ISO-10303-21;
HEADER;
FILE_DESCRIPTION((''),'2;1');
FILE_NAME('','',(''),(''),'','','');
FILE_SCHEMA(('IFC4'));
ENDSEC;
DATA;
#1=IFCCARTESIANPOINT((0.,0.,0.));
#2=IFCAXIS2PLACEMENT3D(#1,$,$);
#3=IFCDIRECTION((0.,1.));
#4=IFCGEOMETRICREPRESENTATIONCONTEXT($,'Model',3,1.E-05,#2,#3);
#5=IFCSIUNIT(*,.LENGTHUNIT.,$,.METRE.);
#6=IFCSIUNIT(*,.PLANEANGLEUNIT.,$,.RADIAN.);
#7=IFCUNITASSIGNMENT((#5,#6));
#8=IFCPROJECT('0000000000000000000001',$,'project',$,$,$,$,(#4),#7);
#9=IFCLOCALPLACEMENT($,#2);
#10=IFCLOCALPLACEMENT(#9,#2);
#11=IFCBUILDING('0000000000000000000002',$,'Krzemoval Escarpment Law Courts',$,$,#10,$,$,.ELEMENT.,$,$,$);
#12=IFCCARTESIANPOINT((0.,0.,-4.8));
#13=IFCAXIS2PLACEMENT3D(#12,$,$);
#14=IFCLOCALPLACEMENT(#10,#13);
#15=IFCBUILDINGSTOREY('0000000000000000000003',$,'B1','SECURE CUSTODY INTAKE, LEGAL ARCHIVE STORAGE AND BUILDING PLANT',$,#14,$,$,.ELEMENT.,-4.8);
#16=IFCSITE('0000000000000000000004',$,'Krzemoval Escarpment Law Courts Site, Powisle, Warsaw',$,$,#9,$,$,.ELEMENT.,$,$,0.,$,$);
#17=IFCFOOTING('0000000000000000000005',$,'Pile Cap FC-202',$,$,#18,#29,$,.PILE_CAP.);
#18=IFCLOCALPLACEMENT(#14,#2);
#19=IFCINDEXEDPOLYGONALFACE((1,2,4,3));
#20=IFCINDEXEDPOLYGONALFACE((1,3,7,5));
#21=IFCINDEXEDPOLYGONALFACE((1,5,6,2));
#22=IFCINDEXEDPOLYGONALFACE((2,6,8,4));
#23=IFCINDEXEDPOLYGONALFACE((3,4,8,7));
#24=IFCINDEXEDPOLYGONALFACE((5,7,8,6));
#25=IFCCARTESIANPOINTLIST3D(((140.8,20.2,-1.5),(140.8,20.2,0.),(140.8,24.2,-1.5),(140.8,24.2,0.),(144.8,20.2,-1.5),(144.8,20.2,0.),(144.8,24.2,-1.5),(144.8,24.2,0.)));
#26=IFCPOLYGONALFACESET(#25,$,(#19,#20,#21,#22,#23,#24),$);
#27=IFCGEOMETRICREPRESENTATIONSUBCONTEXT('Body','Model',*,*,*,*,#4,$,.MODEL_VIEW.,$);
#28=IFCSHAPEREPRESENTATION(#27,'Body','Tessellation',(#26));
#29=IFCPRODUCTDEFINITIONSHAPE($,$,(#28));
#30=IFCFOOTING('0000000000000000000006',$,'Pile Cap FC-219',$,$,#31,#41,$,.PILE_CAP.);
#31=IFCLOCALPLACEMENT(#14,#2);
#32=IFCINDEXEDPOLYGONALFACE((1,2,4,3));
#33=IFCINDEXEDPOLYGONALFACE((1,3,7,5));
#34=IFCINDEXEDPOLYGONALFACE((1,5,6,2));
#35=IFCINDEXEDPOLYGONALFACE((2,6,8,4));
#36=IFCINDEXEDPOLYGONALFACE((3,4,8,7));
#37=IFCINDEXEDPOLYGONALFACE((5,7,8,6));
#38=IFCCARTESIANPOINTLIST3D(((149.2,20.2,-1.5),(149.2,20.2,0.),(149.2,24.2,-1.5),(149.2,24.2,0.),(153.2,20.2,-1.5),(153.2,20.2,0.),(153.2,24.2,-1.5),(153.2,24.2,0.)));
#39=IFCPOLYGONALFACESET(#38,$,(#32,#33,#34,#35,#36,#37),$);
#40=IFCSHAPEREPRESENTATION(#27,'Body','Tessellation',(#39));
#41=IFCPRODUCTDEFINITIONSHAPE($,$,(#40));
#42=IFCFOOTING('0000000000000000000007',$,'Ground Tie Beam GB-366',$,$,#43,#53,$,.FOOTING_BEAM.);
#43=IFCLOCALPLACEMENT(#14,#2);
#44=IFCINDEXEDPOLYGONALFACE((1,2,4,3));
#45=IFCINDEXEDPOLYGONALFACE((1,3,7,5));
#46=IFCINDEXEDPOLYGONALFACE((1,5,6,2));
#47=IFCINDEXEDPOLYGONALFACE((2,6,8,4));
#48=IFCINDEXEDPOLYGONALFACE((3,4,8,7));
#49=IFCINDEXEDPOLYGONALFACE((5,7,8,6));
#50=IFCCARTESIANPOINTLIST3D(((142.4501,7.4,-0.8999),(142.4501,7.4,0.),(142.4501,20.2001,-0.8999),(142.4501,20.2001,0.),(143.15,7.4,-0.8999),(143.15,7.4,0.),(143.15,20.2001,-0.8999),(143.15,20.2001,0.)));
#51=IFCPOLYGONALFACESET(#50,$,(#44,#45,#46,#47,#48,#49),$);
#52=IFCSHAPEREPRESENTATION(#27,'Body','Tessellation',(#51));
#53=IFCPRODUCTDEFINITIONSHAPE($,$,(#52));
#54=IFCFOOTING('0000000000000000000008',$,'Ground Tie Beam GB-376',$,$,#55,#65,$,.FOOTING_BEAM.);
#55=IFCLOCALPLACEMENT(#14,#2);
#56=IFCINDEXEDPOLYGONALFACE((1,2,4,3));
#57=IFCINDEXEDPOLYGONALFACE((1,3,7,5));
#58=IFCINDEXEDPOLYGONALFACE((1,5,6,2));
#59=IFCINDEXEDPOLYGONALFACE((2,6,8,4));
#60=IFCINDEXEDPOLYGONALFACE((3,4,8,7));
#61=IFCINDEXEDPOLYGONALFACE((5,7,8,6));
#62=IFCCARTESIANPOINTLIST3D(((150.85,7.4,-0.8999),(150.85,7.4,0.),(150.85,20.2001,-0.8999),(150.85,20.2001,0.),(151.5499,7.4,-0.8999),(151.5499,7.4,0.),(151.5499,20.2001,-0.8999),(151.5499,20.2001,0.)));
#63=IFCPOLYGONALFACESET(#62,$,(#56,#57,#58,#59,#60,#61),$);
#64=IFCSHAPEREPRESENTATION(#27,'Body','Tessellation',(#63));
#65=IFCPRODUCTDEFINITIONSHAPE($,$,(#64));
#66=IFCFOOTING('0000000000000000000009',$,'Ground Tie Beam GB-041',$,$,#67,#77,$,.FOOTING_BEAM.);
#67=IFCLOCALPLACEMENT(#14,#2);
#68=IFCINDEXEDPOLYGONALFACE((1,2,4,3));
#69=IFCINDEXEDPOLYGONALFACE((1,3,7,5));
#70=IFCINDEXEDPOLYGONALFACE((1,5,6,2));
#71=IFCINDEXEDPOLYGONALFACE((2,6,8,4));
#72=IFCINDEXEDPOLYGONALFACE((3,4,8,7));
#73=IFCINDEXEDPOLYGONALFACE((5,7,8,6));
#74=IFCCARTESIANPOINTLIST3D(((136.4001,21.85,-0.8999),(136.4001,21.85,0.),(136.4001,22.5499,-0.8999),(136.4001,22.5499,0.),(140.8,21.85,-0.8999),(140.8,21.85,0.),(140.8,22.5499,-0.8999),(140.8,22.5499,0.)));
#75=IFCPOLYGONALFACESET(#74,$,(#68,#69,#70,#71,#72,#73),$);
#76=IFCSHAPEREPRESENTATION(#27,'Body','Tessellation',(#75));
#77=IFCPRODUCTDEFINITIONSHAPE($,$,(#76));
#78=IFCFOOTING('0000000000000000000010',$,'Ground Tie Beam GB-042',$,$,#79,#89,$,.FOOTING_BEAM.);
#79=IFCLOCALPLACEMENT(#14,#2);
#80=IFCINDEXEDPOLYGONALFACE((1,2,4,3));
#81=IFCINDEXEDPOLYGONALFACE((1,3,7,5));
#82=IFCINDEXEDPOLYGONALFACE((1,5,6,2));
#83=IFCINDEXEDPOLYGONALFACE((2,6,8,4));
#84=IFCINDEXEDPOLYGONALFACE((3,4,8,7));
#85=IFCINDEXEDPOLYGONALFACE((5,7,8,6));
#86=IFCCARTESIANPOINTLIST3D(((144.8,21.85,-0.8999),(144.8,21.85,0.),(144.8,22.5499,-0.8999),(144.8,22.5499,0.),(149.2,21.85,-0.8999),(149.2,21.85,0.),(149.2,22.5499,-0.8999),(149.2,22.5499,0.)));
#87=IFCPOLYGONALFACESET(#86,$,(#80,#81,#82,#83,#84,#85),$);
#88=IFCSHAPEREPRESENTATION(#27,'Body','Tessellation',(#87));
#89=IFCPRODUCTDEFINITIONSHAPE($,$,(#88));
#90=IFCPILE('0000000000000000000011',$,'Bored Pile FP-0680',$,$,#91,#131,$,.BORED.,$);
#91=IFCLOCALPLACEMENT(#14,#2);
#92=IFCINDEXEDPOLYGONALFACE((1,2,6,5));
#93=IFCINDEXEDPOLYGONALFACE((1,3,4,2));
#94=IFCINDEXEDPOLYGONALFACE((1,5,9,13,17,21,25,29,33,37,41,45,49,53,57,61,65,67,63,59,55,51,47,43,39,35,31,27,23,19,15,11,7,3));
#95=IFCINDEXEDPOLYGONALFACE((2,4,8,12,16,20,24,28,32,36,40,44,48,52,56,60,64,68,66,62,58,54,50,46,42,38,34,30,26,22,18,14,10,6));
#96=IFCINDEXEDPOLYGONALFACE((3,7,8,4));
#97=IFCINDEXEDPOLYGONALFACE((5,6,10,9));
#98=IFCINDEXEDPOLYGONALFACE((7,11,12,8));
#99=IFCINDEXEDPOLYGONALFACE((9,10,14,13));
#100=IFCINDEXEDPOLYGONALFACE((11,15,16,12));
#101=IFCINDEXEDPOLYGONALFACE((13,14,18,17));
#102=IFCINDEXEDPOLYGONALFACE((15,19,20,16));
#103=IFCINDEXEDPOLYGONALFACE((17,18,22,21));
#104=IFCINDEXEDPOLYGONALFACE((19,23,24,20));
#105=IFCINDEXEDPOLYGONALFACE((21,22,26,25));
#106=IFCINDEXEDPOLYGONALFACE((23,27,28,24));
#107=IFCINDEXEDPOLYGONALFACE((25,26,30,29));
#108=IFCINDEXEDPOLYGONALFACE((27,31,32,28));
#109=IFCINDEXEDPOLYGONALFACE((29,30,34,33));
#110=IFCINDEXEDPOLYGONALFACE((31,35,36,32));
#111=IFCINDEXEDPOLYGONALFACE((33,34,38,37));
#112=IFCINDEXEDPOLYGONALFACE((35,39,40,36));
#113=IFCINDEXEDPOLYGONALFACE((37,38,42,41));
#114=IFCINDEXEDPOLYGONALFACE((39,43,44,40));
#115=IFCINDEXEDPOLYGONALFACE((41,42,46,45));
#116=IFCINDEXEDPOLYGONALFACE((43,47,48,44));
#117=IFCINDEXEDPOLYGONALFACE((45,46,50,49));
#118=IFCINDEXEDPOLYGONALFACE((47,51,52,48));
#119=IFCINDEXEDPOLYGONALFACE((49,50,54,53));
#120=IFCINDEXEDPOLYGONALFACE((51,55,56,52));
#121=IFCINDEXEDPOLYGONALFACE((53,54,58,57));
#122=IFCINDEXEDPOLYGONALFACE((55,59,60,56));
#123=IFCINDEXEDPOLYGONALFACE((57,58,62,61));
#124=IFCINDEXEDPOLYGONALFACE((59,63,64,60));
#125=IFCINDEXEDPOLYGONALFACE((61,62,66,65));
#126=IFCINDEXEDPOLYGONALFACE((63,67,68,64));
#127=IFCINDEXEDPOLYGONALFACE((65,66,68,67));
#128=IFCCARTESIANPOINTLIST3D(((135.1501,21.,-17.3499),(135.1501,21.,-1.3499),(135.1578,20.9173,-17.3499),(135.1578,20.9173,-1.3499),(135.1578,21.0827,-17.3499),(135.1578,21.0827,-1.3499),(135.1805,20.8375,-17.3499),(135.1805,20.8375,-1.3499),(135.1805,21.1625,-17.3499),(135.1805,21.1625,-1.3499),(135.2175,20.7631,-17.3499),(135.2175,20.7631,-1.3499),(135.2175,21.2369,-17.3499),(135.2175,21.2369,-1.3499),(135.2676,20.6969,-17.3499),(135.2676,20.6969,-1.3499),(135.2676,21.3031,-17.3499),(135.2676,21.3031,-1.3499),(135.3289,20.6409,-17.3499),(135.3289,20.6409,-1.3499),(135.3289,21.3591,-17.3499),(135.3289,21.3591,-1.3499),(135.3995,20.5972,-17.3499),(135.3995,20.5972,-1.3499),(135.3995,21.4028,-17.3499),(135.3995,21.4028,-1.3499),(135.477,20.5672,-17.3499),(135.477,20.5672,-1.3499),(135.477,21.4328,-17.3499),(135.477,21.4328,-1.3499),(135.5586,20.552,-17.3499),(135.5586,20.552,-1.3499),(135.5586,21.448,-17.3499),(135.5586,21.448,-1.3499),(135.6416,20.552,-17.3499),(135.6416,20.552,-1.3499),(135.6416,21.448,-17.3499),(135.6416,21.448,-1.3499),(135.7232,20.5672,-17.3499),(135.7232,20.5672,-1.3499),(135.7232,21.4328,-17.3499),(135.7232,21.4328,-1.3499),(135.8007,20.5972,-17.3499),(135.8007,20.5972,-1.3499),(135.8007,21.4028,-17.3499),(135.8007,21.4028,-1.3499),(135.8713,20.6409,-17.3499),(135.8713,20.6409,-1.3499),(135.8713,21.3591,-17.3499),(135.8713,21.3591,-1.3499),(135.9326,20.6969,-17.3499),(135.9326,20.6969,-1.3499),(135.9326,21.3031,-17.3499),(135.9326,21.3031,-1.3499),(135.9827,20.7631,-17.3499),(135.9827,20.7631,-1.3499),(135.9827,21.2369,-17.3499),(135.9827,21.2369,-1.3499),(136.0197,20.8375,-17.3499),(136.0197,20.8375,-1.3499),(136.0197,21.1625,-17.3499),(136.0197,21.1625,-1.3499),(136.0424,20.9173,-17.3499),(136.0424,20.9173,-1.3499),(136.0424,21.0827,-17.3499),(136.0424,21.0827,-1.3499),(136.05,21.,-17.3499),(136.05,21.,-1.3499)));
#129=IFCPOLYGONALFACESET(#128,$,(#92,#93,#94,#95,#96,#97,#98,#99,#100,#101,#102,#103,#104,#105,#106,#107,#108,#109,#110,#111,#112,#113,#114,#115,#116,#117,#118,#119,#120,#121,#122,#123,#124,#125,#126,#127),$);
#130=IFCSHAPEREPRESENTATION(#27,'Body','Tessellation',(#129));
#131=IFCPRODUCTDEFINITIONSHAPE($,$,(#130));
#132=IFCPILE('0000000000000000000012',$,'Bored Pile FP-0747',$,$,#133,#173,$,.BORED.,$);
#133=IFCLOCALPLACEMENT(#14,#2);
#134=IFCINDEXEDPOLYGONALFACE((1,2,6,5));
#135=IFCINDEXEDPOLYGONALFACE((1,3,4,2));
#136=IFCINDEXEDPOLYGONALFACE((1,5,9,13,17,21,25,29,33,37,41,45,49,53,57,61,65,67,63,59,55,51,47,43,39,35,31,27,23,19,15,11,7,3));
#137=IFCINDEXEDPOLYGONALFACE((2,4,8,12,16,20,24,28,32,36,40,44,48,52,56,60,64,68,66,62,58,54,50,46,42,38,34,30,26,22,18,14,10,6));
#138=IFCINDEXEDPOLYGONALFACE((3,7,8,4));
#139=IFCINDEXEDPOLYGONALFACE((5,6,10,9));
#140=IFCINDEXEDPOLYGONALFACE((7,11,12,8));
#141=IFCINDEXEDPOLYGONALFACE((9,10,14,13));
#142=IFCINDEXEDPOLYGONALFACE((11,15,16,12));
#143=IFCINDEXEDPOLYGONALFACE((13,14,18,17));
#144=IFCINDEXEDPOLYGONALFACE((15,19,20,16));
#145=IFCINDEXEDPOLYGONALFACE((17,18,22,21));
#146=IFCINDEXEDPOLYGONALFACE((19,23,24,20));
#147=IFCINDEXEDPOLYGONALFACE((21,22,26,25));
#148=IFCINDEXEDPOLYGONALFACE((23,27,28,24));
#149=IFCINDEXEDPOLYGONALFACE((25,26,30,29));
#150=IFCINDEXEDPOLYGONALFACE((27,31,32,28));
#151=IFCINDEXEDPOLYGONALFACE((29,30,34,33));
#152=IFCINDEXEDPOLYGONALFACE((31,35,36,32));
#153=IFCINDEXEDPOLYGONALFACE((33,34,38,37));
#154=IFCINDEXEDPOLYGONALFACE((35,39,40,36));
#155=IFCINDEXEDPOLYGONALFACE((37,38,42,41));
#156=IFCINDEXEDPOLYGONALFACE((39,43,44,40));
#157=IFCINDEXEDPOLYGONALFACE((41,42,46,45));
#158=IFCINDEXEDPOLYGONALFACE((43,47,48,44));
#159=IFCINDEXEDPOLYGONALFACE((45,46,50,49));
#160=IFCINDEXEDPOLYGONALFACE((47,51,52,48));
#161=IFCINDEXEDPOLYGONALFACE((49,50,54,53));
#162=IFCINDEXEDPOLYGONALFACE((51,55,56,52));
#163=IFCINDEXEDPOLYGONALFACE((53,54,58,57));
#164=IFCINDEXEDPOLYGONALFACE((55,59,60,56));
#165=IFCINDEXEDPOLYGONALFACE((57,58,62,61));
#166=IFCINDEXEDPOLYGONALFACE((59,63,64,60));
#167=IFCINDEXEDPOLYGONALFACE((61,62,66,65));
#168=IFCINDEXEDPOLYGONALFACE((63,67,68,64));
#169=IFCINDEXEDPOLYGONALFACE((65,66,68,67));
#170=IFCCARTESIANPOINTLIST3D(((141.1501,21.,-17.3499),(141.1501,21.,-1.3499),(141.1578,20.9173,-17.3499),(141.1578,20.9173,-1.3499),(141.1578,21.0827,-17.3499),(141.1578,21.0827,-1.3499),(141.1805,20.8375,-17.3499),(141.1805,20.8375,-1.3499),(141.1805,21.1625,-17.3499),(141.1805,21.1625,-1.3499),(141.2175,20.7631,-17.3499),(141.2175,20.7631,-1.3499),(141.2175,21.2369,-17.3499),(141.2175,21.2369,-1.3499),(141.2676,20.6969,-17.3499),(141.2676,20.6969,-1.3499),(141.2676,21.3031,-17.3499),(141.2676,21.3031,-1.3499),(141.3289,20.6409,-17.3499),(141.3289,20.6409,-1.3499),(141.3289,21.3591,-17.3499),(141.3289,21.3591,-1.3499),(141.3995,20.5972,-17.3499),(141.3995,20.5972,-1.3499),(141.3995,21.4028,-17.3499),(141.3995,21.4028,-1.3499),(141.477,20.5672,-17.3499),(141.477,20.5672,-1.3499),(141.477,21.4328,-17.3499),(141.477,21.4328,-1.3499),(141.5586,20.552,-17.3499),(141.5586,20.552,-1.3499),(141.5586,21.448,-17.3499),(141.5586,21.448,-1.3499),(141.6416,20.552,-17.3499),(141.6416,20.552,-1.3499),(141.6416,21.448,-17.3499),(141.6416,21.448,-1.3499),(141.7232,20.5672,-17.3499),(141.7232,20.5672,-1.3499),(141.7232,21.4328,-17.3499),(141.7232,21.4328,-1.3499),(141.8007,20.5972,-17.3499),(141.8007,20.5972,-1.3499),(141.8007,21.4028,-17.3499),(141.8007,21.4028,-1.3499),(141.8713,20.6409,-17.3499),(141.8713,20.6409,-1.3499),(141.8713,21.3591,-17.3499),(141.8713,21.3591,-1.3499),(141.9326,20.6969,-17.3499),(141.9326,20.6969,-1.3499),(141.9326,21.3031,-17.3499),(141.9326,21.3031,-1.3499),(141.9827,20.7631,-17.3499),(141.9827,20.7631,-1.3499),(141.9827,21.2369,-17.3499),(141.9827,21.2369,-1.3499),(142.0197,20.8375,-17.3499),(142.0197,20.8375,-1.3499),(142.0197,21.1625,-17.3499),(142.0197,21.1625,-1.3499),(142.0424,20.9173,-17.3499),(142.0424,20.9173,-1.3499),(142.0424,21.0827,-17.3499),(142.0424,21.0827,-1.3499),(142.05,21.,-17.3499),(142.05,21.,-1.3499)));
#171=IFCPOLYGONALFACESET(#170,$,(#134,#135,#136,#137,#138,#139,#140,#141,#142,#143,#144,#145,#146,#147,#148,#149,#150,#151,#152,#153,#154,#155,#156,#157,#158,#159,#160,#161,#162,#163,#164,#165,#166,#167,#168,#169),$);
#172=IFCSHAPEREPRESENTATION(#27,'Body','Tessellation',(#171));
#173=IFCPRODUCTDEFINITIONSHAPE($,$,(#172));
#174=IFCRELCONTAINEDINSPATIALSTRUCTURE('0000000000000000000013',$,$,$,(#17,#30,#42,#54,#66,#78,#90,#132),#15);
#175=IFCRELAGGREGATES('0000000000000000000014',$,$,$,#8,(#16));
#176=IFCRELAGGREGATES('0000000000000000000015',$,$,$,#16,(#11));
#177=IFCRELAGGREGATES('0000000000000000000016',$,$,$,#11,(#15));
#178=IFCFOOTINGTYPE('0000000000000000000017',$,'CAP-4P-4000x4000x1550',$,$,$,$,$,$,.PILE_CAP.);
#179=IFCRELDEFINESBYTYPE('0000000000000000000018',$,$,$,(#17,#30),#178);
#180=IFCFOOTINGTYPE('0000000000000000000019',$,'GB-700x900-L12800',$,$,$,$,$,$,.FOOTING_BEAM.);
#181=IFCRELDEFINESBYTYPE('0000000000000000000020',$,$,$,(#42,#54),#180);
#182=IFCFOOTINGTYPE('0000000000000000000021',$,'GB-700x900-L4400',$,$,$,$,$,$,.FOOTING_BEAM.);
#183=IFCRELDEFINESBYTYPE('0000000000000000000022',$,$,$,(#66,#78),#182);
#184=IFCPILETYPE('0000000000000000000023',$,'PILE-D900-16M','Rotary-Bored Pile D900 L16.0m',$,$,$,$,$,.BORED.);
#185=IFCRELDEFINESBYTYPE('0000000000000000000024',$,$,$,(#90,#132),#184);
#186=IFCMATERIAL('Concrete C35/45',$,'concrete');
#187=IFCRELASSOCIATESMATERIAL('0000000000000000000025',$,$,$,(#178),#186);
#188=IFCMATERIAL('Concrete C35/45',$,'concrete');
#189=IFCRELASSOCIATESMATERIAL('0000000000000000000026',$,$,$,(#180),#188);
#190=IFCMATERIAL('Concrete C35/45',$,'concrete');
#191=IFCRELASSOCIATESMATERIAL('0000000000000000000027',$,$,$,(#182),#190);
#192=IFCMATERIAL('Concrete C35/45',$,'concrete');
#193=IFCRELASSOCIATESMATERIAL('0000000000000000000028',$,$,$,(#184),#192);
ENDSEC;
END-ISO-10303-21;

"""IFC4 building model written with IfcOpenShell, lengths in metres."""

from ifc_helpers import new_model, si_unit, direction, frame, origin, origin_2d, place, context, subcontext, project, spatial, rectangle, circle, extrude, material, material_profile, profile_set, type_object, element, save


model = new_model("IFC4")

# Units and contexts
model_context = context("Model", 3, precision=1e-05, world=origin(), true_north=direction((0.0, 1.0)))
body_context = subcontext(model_context, "Body", "Model", "MODEL_VIEW")
ifc_project = project(units=[si_unit("LENGTHUNIT", "METRE"), si_unit("PLANEANGLEUNIT", "RADIAN")], contexts=[model_context])

# Site, building, storey
site_placement = place(None, origin())
site = spatial("IfcSite", under=ifc_project, at=site_placement, Name="Krzemoval Escarpment Law Courts Site, Powisle, Warsaw", CompositionType="ELEMENT", RefElevation=0.0)
building_placement = place(site_placement, origin())
building = spatial("IfcBuilding", under=site, at=building_placement, Name="Krzemoval Escarpment Law Courts", CompositionType="ELEMENT")
storey_placement = place(building_placement, frame((0.0, 0.0, -4.8)))
storey = spatial("IfcBuildingStorey", under=building, at=storey_placement, Name="B1", Description="SECURE CUSTODY INTAKE, LEGAL ARCHIVE STORAGE AND BUILDING PLANT", CompositionType="ELEMENT", Elevation=-4.8)

# Footings
ifc_material_1 = material(Name="Concrete C35/45", Category="concrete")
footing_type_1 = type_object("IfcFootingType", Name="CAP-4P-4000x4000x1550", PredefinedType="PILE_CAP", material=ifc_material_1)
for number, where, z_axis, x_axis, name in (
    (1, (142.8, 22.2, -1.5), (0.0, 0.0, 1.0), (1.0, 0.0, 0.0), "Pile Cap FC-202"),
    (2, (151.2, 22.2, -1.5), (0.0, 0.0, 1.0), (1.0, 0.0, 0.0), "Pile Cap FC-219"),
):
    element("IfcFooting", number, at=place(storey_placement, frame(where, z_axis=z_axis, x_axis=x_axis)), inside=storey, type_object=footing_type_1, Name=name, PredefinedType="PILE_CAP", context=body_context, shape_type="SweptSolid", body=[
        extrude(rectangle(XDim=4.0, YDim=4.0, at=origin_2d()), origin(), (0.0, 0.0, 1.0), 1.5),
    ])
ifc_material_2 = material(Name="Concrete C35/45", Category="concrete")
footing_type_2 = type_object("IfcFootingType", Name="GB-700x900-L12800", PredefinedType="FOOTING_BEAM", material=ifc_material_2)
for number, where, z_axis, x_axis, name in (
    (3, (142.8, 13.8, -0.8999), (0.0, 0.0, 1.0), (0.0, 1.0, 0.0), "Ground Tie Beam GB-366"),
    (4, (151.2, 13.8, -0.8999), (0.0, 0.0, 1.0), (0.0, 1.0, 0.0), "Ground Tie Beam GB-376"),
):
    element("IfcFooting", number, at=place(storey_placement, frame(where, z_axis=z_axis, x_axis=x_axis)), inside=storey, type_object=footing_type_2, Name=name, PredefinedType="FOOTING_BEAM", context=body_context, shape_type="SweptSolid", body=[
        extrude(rectangle(XDim=12.8, YDim=0.7, at=origin_2d()), origin(), (0.0, 0.0, 1.0), 0.8999),
    ])
ifc_material_3 = material(Name="Concrete C35/45", Category="concrete")
footing_type_3 = type_object("IfcFootingType", Name="GB-700x900-L4400", PredefinedType="FOOTING_BEAM", material=ifc_material_3)
for number, where, z_axis, x_axis, name in (
    (5, (138.6001, 22.2, -0.8999), (0.0, 0.0, 1.0), (1.0, 0.0, 0.0), "Ground Tie Beam GB-041"),
    (6, (147.0, 22.2, -0.8999), (0.0, 0.0, 1.0), (1.0, 0.0, 0.0), "Ground Tie Beam GB-042"),
):
    element("IfcFooting", number, at=place(storey_placement, frame(where, z_axis=z_axis, x_axis=x_axis)), inside=storey, type_object=footing_type_3, Name=name, PredefinedType="FOOTING_BEAM", context=body_context, shape_type="SweptSolid", body=[
        extrude(rectangle(XDim=4.3999, YDim=0.7, at=origin_2d()), origin(), (0.0, 0.0, 1.0), 0.8999),
    ])

# Piles
ifc_material_4 = material(Name="Concrete C35/45", Category="concrete")
ifc_material_profile_1 = material_profile(ifc_material_4, circle(Radius=0.45, at=origin_2d()), Name="PILE D900")
ifc_profile_set_1 = profile_set([ifc_material_profile_1], Name="Concrete C35/45")
pile_type = type_object("IfcPileType", Name="PILE-D900-16M", Description="Rotary-Bored Pile D900 L16.0m", PredefinedType="BORED", material=ifc_profile_set_1)
for number, where, z_axis, x_axis, name in (
    (7, (135.6001, 21.0, -1.3499), (0.0, 0.0, -1.0), (1.0, 0.0, 0.0), "Bored Pile FP-0680"),
    (8, (141.6001, 21.0, -1.3499), (0.0, 0.0, -1.0), (1.0, 0.0, 0.0), "Bored Pile FP-0747"),
):
    element("IfcPile", number, at=place(storey_placement, frame(where, z_axis=z_axis, x_axis=x_axis)), inside=storey, type_object=pile_type, Name=name, PredefinedType="BORED", context=body_context, shape_type="SweptSolid", body=[
        extrude(circle(Radius=0.45, at=origin_2d()), origin(), (0.0, 0.0, 1.0), 16.0),
    ])

save(model, "model.ifc")
